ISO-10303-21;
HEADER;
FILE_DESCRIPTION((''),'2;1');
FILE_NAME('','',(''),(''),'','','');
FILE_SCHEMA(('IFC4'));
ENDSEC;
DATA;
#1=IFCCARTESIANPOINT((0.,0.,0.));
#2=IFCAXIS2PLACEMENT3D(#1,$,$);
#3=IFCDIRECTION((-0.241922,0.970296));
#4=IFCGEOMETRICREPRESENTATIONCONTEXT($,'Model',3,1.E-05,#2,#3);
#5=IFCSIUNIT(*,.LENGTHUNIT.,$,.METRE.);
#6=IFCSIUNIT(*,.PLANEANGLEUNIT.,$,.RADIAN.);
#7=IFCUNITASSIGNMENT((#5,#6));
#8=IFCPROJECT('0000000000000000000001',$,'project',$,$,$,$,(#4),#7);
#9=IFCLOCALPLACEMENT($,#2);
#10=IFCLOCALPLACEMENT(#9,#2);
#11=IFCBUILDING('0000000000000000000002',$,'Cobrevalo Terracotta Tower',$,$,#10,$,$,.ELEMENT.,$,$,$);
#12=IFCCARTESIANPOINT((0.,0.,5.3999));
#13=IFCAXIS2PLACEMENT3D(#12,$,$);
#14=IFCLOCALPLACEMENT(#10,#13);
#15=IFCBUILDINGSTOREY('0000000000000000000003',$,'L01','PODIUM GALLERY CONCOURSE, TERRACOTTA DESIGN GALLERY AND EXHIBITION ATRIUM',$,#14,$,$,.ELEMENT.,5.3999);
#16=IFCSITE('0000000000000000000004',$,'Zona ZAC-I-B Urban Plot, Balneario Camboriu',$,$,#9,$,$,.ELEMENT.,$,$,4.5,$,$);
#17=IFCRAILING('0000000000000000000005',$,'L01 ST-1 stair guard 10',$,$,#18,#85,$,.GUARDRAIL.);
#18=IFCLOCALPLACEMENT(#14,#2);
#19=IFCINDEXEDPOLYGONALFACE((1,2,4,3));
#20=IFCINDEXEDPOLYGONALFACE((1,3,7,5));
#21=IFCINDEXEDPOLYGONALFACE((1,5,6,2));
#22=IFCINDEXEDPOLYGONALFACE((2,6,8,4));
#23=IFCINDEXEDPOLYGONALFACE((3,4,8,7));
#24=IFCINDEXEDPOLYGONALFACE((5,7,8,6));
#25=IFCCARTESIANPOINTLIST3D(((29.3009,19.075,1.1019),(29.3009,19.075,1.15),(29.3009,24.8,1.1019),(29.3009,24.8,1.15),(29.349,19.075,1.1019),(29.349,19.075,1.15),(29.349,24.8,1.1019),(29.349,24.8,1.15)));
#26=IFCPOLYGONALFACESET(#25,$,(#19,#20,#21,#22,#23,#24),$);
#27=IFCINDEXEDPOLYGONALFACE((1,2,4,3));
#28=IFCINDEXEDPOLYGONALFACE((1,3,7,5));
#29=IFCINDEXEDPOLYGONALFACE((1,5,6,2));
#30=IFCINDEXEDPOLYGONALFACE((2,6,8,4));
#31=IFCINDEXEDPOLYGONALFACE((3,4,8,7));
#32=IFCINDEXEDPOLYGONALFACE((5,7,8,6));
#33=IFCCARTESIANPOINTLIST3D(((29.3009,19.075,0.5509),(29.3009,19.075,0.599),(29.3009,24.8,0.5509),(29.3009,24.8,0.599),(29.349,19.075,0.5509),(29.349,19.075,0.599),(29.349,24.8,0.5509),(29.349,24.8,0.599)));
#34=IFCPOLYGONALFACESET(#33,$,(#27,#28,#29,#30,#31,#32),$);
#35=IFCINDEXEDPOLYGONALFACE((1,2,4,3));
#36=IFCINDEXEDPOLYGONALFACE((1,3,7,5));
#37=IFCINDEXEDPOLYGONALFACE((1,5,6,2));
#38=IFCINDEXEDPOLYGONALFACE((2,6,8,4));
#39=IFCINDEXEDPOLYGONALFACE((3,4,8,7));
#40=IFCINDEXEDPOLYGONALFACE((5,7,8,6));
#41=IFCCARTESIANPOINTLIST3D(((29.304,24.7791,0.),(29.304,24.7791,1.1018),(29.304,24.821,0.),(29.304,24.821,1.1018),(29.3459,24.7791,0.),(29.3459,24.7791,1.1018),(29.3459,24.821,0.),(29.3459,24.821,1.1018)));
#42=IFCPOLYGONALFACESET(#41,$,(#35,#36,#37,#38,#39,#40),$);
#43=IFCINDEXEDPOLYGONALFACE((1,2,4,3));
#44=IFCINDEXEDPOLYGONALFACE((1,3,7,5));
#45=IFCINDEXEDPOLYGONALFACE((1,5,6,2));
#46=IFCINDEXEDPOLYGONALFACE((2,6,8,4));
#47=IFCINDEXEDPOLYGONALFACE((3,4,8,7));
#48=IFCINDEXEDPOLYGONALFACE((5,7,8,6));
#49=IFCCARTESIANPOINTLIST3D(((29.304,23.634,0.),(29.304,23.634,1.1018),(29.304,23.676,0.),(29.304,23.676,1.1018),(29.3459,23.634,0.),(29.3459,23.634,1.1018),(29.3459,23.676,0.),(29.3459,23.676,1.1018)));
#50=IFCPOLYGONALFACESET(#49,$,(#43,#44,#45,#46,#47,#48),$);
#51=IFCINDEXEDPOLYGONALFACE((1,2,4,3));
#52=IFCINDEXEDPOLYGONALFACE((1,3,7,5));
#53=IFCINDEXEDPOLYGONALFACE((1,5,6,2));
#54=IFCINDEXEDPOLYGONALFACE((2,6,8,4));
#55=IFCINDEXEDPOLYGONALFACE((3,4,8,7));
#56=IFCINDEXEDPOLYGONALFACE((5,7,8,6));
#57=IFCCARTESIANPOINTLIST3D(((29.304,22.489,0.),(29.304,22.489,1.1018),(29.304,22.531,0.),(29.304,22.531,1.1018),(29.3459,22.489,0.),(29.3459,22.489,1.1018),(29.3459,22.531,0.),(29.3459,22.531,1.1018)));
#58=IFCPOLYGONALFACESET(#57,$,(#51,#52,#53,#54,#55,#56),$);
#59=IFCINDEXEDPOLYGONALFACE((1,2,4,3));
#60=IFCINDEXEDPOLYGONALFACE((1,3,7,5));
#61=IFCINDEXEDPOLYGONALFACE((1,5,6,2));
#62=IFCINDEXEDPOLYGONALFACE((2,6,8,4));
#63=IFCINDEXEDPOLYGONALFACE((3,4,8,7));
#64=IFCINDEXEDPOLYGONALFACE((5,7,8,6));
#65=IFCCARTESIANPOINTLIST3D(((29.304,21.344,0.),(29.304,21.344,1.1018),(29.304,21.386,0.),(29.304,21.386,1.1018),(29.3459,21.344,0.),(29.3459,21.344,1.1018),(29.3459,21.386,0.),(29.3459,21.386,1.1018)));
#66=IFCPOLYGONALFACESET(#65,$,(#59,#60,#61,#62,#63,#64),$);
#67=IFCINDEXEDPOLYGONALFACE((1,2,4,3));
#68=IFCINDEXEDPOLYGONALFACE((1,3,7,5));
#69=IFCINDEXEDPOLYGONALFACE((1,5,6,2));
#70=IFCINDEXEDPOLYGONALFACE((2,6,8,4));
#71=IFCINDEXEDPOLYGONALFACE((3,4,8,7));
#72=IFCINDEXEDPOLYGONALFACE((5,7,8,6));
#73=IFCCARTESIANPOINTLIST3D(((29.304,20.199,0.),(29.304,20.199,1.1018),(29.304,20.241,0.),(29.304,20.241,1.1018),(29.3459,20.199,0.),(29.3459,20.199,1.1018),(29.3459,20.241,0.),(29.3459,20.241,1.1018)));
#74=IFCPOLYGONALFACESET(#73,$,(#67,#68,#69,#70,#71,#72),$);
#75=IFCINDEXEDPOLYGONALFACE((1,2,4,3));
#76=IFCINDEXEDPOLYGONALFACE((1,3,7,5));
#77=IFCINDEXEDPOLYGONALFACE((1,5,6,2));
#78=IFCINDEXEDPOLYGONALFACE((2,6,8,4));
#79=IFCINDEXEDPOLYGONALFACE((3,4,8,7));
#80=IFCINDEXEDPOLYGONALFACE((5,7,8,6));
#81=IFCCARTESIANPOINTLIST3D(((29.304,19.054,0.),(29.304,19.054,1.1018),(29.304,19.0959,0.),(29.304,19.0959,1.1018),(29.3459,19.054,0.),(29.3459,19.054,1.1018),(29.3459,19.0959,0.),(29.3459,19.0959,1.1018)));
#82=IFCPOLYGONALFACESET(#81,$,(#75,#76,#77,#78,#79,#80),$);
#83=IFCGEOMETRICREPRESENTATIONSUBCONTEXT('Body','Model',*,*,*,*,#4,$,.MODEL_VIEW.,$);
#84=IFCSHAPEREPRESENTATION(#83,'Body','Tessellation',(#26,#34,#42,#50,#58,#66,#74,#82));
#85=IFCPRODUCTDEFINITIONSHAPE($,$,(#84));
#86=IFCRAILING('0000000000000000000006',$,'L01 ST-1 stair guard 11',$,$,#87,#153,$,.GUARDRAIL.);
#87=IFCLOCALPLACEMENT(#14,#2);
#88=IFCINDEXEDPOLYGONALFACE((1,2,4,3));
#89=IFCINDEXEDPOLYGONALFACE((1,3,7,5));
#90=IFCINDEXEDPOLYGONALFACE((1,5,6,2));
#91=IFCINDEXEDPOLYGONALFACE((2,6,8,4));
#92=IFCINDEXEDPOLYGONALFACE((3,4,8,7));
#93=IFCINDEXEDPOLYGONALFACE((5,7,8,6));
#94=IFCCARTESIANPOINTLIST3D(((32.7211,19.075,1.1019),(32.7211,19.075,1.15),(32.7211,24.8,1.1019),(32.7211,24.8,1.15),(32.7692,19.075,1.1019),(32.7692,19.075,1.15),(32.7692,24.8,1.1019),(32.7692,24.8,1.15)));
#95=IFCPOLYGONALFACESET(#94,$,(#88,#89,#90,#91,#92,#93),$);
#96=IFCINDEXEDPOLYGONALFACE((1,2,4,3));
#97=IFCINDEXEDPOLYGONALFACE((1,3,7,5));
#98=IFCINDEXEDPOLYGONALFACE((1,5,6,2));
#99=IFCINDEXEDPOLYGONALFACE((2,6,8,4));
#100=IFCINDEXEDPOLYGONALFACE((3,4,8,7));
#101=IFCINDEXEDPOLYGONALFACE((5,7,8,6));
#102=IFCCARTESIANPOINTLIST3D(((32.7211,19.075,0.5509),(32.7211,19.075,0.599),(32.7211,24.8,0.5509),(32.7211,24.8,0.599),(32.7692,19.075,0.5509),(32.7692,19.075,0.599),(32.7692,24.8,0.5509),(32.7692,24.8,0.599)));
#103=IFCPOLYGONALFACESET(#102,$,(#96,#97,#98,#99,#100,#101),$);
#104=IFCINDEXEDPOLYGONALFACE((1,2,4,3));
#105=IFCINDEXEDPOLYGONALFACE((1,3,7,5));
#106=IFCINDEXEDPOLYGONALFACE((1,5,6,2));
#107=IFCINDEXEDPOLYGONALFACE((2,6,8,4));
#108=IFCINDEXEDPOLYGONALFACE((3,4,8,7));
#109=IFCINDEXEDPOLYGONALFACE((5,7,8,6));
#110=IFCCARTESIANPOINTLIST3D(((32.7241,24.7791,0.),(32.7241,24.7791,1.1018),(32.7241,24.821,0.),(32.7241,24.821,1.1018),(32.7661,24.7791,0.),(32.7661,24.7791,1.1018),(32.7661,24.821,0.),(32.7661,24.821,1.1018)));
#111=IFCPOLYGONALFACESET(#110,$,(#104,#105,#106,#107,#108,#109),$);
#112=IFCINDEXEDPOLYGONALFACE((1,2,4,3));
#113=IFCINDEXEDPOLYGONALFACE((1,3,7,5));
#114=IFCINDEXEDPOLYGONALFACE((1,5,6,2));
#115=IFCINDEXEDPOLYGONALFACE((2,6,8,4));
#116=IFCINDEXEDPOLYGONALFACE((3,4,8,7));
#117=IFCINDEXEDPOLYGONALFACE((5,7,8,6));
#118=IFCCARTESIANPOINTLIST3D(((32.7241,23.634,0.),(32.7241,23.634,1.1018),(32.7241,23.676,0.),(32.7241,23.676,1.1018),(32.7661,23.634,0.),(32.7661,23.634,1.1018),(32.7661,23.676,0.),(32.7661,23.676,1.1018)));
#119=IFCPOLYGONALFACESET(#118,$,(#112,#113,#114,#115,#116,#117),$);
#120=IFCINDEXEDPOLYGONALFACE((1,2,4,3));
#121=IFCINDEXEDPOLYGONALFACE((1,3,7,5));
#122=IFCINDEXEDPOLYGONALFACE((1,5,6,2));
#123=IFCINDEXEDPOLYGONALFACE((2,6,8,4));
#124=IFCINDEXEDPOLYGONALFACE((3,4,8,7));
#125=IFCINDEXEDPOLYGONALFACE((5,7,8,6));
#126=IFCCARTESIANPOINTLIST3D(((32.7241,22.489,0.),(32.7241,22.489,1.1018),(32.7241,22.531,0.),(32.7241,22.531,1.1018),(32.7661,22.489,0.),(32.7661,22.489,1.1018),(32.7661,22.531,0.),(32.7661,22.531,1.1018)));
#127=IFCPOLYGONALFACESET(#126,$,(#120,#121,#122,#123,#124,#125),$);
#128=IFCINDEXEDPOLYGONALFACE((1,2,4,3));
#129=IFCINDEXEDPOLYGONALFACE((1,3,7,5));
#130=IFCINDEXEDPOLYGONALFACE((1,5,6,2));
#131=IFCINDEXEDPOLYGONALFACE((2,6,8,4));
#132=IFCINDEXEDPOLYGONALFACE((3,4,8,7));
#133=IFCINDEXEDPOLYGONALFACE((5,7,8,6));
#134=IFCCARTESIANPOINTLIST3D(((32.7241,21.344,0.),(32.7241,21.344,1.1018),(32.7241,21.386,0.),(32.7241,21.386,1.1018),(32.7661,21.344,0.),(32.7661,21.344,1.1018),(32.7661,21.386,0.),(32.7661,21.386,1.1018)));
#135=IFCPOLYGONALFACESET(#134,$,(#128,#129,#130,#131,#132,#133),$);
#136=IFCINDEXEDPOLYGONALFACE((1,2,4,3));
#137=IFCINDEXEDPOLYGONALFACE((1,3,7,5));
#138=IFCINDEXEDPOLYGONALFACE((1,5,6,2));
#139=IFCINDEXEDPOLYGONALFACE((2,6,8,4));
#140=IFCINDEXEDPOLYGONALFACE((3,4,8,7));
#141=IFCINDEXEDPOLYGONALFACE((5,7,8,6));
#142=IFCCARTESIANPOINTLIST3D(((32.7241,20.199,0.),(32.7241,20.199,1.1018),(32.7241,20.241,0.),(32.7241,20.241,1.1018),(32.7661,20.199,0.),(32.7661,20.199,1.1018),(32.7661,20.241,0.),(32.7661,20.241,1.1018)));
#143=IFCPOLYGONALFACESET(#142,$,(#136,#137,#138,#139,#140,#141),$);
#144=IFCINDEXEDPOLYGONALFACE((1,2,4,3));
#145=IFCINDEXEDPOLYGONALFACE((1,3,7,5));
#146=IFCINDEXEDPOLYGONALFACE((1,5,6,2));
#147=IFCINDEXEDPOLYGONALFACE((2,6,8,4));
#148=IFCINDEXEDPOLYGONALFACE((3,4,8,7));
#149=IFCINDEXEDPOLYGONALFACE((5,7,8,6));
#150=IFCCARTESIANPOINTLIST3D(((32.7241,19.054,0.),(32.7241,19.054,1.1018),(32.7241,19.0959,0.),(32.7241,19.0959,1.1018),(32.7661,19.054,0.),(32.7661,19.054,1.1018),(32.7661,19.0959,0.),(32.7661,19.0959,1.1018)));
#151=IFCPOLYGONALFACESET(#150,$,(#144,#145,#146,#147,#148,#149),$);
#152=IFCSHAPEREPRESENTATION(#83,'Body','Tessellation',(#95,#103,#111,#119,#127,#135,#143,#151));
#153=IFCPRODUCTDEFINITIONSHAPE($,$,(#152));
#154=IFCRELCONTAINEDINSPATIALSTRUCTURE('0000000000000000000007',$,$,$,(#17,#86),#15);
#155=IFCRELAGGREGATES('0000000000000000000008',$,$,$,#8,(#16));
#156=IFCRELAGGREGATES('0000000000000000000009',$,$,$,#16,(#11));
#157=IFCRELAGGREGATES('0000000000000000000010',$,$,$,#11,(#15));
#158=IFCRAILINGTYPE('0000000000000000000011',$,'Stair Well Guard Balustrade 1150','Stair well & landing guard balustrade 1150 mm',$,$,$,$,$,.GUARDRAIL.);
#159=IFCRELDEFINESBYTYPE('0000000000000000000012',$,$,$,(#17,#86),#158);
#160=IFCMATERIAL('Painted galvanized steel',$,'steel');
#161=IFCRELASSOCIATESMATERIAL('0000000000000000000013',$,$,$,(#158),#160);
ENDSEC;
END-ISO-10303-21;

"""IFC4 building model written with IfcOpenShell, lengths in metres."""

from ifc_helpers import new_model, si_unit, direction, frame, origin, origin_2d, place, context, subcontext, project, spatial, rectangle, extrude, material, type_object, element, save


model = new_model("IFC4")

# Units and contexts
model_context = context("Model", 3, precision=1e-05, world=origin(), true_north=direction((-0.241922, 0.970296)))
body_context = subcontext(model_context, "Body", "Model", "MODEL_VIEW")
ifc_project = project(units=[si_unit("LENGTHUNIT", "METRE"), si_unit("PLANEANGLEUNIT", "RADIAN")], contexts=[model_context])

# Site, building, storey
site_placement = place(None, origin())
site = spatial("IfcSite", under=ifc_project, at=site_placement, Name="Zona ZAC-I-B Urban Plot, Balneario Camboriu", CompositionType="ELEMENT", RefElevation=4.5)
building_placement = place(site_placement, origin())
building = spatial("IfcBuilding", under=site, at=building_placement, Name="Cobrevalo Terracotta Tower", CompositionType="ELEMENT")
storey_placement = place(building_placement, frame((0.0, 0.0, 5.3999)))
storey = spatial("IfcBuildingStorey", under=building, at=storey_placement, Name="L01", Description="PODIUM GALLERY CONCOURSE, TERRACOTTA DESIGN GALLERY AND EXHIBITION ATRIUM", CompositionType="ELEMENT", Elevation=5.3999)

# Railings
ifc_material_1 = material(Name="Painted galvanized steel", Category="steel")
railing_type = type_object("IfcRailingType", Name="Stair Well Guard Balustrade 1150", Description="Stair well & landing guard balustrade 1150 mm", PredefinedType="GUARDRAIL", material=ifc_material_1)
for number, where, name in (
    (1, (29.325, 24.8, 0.0), "L01 ST-1 stair guard 10"),
    (2, (32.7451, 24.8, 0.0), "L01 ST-1 stair guard 11"),
):
    element("IfcRailing", number, at=place(storey_placement, frame(where)), inside=storey, type_object=railing_type, Name=name, PredefinedType="GUARDRAIL", context=body_context, shape_type="SweptSolid", body=[
        extrude(rectangle(XDim=0.0481, YDim=0.0481, at=origin_2d()), frame((0.0, 0.0, 1.126), z_axis=(0.0, -1.0, 0.0), x_axis=(1.0, 0.0, 0.0)), (0.0, 0.0, 1.0), 5.7251),
        extrude(rectangle(XDim=0.0481, YDim=0.0481, at=origin_2d()), frame((0.0, 0.0, 0.575), z_axis=(0.0, -1.0, 0.0), x_axis=(1.0, 0.0, 0.0)), (0.0, 0.0, 1.0), 5.7251),
        extrude(rectangle(XDim=0.042, YDim=0.042, at=origin_2d()), origin(), (0.0, 0.0, 1.0), 1.1018),
        extrude(rectangle(XDim=0.042, YDim=0.042, at=origin_2d()), frame((0.0, -1.145, 0.0)), (0.0, 0.0, 1.0), 1.1018),
        extrude(rectangle(XDim=0.042, YDim=0.042, at=origin_2d()), frame((0.0, -2.29, 0.0)), (0.0, 0.0, 1.0), 1.1018),
        extrude(rectangle(XDim=0.042, YDim=0.042, at=origin_2d()), frame((0.0, -3.4351, 0.0)), (0.0, 0.0, 1.0), 1.1018),
        extrude(rectangle(XDim=0.042, YDim=0.042, at=origin_2d()), frame((0.0, -4.5801, 0.0)), (0.0, 0.0, 1.0), 1.1018),
        extrude(rectangle(XDim=0.042, YDim=0.042, at=origin_2d()), frame((0.0, -5.7251, 0.0)), (0.0, 0.0, 1.0), 1.1018),
    ])

save(model, "model.ifc")
